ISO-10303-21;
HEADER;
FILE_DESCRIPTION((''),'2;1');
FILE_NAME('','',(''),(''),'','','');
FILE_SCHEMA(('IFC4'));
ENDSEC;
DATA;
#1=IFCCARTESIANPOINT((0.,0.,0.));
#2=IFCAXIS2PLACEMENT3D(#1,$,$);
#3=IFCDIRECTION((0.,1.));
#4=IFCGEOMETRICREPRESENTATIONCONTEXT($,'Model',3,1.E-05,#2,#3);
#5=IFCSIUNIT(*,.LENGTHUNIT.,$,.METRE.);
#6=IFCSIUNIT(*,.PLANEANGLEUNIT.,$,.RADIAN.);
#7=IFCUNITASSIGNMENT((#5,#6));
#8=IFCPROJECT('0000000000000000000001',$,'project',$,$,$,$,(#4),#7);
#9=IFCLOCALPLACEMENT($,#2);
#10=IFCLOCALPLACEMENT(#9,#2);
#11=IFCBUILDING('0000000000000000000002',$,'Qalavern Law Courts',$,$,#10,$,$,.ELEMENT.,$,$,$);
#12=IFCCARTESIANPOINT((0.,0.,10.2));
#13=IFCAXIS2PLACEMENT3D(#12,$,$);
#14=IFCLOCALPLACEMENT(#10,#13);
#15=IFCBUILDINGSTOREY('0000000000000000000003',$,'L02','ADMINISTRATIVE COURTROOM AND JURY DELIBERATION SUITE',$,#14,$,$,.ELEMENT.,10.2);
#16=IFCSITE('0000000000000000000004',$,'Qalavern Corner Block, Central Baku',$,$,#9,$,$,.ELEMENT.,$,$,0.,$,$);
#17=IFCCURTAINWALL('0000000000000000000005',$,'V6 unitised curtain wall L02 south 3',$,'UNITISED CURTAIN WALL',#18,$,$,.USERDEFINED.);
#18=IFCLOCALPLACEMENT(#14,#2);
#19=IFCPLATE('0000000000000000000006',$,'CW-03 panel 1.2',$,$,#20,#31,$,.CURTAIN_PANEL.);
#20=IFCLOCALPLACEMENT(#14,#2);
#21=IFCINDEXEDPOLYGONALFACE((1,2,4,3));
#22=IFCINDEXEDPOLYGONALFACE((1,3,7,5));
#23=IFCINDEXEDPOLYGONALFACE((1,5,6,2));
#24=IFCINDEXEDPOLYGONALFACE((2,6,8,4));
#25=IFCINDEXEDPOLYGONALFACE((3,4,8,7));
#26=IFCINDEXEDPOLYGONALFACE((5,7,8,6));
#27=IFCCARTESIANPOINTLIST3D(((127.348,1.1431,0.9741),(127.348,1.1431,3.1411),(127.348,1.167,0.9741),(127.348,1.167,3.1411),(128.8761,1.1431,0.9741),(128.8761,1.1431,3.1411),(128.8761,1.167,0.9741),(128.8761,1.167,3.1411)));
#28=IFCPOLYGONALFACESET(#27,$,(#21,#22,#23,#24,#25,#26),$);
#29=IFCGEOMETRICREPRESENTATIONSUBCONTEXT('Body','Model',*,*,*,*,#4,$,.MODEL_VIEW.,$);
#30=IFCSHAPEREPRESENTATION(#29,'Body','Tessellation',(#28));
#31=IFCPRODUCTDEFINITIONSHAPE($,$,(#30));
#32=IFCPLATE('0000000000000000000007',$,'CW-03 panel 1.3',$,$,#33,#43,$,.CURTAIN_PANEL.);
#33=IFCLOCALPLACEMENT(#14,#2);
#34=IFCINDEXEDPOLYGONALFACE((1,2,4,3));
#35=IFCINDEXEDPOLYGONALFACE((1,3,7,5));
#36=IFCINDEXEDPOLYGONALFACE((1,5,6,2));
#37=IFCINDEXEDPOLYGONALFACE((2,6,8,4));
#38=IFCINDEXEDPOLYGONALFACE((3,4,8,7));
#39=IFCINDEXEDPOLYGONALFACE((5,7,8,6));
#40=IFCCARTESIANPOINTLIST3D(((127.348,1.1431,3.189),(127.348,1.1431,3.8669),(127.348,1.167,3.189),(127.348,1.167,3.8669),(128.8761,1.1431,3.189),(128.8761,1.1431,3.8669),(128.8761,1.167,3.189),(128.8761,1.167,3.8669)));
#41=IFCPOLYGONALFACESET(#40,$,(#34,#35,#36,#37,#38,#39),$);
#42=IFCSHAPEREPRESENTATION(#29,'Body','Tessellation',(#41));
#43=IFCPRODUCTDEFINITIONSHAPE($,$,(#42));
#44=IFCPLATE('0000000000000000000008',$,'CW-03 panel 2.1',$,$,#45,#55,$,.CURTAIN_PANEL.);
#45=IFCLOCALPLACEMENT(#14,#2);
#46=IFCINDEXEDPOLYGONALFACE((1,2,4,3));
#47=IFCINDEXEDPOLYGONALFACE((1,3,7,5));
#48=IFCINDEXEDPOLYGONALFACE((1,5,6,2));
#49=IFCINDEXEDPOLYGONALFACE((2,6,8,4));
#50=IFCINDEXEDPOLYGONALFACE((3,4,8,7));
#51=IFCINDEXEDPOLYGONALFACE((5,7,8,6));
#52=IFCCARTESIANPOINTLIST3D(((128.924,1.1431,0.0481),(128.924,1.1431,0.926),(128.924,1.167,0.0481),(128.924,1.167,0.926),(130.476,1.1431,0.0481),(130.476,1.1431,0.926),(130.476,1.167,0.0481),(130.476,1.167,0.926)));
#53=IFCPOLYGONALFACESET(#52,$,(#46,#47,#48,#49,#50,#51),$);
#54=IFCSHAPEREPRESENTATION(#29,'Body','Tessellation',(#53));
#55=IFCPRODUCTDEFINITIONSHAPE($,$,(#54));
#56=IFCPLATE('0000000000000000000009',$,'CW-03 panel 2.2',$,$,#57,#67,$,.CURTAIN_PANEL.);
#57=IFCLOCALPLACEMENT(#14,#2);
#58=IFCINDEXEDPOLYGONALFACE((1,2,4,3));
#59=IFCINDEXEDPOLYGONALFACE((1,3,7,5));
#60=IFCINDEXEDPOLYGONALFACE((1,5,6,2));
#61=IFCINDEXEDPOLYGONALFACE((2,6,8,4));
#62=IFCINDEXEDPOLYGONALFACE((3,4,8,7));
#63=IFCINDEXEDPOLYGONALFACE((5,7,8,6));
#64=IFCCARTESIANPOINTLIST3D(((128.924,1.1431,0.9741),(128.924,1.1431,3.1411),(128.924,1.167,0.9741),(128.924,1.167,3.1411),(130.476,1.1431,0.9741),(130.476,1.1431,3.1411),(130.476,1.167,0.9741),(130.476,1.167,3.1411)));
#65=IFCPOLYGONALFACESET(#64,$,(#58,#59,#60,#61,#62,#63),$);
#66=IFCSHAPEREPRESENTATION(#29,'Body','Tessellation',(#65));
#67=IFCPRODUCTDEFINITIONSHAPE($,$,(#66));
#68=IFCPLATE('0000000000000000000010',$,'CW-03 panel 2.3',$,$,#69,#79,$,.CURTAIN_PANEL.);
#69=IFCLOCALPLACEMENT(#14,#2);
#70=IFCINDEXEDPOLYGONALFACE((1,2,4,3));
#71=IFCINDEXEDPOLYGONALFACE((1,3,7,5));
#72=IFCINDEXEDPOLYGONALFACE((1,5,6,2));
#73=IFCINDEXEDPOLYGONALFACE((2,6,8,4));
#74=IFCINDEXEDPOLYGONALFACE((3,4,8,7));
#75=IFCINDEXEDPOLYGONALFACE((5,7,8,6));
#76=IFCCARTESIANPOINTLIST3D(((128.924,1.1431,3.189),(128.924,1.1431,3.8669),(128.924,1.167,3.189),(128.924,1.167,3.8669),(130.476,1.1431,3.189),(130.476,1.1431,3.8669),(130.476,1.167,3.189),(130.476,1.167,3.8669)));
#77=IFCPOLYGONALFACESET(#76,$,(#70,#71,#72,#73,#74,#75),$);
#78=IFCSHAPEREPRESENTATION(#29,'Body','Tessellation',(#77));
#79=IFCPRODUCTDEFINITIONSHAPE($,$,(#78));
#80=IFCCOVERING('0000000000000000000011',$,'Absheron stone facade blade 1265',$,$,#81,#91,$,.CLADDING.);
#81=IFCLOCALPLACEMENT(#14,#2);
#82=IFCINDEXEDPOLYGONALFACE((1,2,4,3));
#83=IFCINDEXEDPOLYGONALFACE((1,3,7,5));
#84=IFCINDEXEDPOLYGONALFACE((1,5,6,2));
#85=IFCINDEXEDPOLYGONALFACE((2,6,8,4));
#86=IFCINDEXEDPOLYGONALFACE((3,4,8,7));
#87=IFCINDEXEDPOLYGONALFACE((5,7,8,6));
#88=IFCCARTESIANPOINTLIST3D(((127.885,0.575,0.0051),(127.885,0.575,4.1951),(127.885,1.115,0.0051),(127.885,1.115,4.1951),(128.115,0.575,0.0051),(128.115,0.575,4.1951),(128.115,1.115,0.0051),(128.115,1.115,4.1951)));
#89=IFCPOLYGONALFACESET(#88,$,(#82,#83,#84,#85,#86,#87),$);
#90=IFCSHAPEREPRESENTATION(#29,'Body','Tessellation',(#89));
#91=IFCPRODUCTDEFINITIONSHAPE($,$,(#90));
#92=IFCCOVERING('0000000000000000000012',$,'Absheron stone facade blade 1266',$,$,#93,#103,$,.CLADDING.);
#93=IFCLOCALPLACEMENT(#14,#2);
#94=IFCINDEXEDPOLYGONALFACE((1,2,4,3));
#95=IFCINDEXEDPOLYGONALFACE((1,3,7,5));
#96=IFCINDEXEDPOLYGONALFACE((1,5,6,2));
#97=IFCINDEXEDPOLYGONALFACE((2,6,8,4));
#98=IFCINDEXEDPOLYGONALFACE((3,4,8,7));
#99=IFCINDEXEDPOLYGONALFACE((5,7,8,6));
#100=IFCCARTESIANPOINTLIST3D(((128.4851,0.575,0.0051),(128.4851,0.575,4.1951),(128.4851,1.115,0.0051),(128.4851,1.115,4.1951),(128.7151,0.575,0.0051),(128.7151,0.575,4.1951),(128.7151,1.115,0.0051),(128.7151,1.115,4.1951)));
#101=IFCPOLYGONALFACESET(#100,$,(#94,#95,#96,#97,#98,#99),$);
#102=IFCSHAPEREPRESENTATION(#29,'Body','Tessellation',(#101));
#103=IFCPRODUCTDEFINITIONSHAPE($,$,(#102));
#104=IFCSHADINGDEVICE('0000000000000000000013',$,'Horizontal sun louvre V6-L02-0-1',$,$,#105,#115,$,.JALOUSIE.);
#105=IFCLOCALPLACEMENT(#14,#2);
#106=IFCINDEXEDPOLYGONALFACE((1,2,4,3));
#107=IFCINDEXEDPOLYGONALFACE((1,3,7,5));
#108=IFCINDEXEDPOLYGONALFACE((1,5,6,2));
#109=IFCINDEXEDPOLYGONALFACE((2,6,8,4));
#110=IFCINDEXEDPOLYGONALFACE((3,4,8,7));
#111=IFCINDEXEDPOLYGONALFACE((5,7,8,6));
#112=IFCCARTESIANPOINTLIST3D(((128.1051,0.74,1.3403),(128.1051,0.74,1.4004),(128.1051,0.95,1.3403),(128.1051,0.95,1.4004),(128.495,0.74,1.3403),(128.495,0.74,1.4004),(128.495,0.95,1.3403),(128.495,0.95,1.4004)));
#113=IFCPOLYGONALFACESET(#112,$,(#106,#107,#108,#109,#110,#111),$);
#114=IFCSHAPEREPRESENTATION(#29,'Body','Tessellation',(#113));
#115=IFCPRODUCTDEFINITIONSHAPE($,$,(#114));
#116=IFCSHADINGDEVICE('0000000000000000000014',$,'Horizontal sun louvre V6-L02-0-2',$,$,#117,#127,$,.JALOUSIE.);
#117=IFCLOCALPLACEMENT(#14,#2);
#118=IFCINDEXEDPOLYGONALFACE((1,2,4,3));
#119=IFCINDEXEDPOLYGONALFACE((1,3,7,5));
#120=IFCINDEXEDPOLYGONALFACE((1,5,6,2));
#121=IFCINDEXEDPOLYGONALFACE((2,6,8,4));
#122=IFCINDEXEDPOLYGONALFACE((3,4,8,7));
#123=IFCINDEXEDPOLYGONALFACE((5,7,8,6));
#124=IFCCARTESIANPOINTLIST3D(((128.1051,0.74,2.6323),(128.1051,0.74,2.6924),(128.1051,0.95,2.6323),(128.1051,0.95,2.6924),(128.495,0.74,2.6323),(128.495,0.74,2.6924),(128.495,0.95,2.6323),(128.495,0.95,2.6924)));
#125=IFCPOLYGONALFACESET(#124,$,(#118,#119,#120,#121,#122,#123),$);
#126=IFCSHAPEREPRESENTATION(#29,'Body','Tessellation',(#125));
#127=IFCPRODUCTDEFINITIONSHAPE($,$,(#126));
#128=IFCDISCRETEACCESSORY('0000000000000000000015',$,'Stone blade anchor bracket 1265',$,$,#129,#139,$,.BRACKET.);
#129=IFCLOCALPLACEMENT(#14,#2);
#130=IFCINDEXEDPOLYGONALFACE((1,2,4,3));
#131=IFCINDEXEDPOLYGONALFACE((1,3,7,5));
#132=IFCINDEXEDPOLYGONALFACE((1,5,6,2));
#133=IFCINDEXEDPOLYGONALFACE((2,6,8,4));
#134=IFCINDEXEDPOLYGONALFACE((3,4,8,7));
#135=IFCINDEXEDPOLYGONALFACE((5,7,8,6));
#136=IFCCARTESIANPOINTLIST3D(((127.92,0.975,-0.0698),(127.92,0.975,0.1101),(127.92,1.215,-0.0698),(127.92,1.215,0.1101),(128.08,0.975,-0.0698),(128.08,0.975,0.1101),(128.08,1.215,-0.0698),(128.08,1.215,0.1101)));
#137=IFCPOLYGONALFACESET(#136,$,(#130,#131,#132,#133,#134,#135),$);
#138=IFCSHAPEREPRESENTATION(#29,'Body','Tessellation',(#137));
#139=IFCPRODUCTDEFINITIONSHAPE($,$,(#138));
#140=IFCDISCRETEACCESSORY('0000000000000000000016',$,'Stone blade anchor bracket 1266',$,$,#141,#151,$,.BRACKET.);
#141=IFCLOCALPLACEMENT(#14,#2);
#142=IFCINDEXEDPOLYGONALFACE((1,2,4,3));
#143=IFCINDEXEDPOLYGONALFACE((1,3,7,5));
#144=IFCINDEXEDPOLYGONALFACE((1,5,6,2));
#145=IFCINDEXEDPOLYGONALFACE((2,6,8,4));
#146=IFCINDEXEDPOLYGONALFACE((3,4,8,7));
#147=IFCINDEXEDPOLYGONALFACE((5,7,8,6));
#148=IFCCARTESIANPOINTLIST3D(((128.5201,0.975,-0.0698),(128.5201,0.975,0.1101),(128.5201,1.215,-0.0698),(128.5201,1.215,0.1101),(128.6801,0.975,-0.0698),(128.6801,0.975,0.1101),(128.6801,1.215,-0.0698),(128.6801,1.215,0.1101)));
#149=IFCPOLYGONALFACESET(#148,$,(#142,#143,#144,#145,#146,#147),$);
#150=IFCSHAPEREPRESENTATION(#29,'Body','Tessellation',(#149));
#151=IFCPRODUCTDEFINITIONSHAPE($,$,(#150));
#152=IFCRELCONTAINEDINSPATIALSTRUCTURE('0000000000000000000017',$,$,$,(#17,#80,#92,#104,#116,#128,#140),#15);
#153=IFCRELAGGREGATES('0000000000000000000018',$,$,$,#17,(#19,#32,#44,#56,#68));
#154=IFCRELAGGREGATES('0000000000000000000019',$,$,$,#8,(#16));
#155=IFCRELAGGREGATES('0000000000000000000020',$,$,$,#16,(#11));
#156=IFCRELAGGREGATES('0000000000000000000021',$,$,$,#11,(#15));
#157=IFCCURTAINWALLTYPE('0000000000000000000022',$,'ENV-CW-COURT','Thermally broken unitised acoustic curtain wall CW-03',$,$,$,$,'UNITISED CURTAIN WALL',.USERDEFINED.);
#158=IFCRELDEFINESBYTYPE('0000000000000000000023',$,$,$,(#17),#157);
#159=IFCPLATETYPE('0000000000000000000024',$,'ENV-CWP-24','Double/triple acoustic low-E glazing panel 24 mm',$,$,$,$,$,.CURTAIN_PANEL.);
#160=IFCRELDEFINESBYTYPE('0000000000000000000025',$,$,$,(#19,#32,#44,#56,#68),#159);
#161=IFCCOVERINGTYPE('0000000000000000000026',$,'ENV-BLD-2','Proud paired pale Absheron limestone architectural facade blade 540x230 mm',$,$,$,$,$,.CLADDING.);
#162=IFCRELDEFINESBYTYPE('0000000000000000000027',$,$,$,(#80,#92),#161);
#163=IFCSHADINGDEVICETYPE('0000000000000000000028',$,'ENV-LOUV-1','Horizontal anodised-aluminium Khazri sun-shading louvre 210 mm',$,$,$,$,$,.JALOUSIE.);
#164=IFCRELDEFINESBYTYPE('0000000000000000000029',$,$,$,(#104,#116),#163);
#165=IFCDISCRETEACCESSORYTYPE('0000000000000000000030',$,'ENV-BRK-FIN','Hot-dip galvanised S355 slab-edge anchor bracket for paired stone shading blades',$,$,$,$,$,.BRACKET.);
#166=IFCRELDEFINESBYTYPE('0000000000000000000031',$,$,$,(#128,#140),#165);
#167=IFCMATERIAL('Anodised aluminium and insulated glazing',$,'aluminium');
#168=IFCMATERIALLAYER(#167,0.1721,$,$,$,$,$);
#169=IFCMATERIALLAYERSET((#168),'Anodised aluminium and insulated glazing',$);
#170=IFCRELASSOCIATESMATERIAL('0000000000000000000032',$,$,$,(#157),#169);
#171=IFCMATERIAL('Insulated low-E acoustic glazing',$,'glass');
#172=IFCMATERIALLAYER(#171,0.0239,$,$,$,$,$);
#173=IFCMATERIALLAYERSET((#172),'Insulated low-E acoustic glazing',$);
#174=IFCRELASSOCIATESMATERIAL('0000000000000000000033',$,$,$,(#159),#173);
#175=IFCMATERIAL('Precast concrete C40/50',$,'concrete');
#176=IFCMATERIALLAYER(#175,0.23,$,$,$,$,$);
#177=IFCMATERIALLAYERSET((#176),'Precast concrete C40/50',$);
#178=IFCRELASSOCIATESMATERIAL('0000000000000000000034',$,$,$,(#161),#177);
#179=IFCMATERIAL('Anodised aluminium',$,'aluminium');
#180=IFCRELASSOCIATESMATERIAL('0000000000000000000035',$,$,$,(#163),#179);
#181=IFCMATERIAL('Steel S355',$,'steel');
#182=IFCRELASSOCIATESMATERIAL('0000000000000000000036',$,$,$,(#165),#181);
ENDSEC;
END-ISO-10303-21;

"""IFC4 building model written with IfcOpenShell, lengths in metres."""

from ifc_helpers import new_model, si_unit, direction, frame, origin, origin_2d, place, context, subcontext, project, spatial, rectangle, extrude, material, layer, layer_set, type_object, element, aggregate, save


model = new_model("IFC4")

# Units and contexts
model_context = context("Model", 3, precision=1e-05, world=origin(), true_north=direction((0.0, 1.0)))
body_context = subcontext(model_context, "Body", "Model", "MODEL_VIEW")
ifc_project = project(units=[si_unit("LENGTHUNIT", "METRE"), si_unit("PLANEANGLEUNIT", "RADIAN")], contexts=[model_context])

# Site, building, storey
site_placement = place(None, origin())
site = spatial("IfcSite", under=ifc_project, at=site_placement, Name="Qalavern Corner Block, Central Baku", CompositionType="ELEMENT", RefElevation=0.0)
building_placement = place(site_placement, origin())
building = spatial("IfcBuilding", under=site, at=building_placement, Name="Qalavern Law Courts", CompositionType="ELEMENT")
storey_placement = place(building_placement, frame((0.0, 0.0, 10.2)))
storey = spatial("IfcBuildingStorey", under=building, at=storey_placement, Name="L02", Description="ADMINISTRATIVE COURTROOM AND JURY DELIBERATION SUITE", CompositionType="ELEMENT", Elevation=10.2)

# Curtain wall, plates
ifc_material_1 = material(Name="Anodised aluminium and insulated glazing", Category="aluminium")
ifc_layer_1 = layer(ifc_material_1, 0.1721)
ifc_layer_set_1 = layer_set([ifc_layer_1], Name="Anodised aluminium and insulated glazing")
curtain_wall_type = type_object("IfcCurtainWallType", Name="ENV-CW-COURT", Description="Thermally broken unitised acoustic curtain wall CW-03", ElementType="UNITISED CURTAIN WALL", PredefinedType="USERDEFINED", material=ifc_layer_set_1)
curtain_wall_placement = place(storey_placement, origin())
curtain_wall = element("IfcCurtainWall", 1, at=curtain_wall_placement, inside=storey, type_object=curtain_wall_type, Name="V6 unitised curtain wall L02 south 3", ObjectType="UNITISED CURTAIN WALL", PredefinedType="USERDEFINED")
ifc_material_2 = material(Name="Anodised aluminium", Category="aluminium")
ifc_material_3 = material(Name="Insulated low-E acoustic glazing", Category="glass")
ifc_layer_2 = layer(ifc_material_3, 0.0239)
ifc_layer_set_2 = layer_set([ifc_layer_2], Name="Insulated low-E acoustic glazing")
plate_type = type_object("IfcPlateType", Name="ENV-CWP-24", Description="Double/triple acoustic low-E glazing panel 24 mm", PredefinedType="CURTAIN_PANEL", material=ifc_layer_set_2)
plate_1_placement = place(storey_placement, frame((128.1121, 1.155, 0.9741), z_axis=(0.0, 0.0, 1.0), x_axis=(1.0, 0.0, 0.0)))
plate_1 = element("IfcPlate", 2, at=plate_1_placement, type_object=plate_type, Name="CW-03 panel 1.2", PredefinedType="CURTAIN_PANEL", context=body_context, shape_type="SweptSolid", body=[
    extrude(rectangle(XDim=1.5281, YDim=0.0239, at=origin_2d()), origin(), (0.0, 0.0, 1.0), 2.167),
])
plate_2_placement = place(storey_placement, frame((128.1121, 1.155, 3.189), z_axis=(0.0, 0.0, 1.0), x_axis=(1.0, 0.0, 0.0)))
plate_2 = element("IfcPlate", 3, at=plate_2_placement, type_object=plate_type, Name="CW-03 panel 1.3", PredefinedType="CURTAIN_PANEL", context=body_context, shape_type="SweptSolid", body=[
    extrude(rectangle(XDim=1.5281, YDim=0.0239, at=origin_2d()), origin(), (0.0, 0.0, 1.0), 0.678),
])
plate_3_placement = place(storey_placement, frame((129.7, 1.155, 0.0481), z_axis=(0.0, 0.0, 1.0), x_axis=(1.0, 0.0, 0.0)))
plate_3 = element("IfcPlate", 4, at=plate_3_placement, type_object=plate_type, Name="CW-03 panel 2.1", PredefinedType="CURTAIN_PANEL", context=body_context, shape_type="SweptSolid", body=[
    extrude(rectangle(XDim=1.552, YDim=0.0239, at=origin_2d()), origin(), (0.0, 0.0, 1.0), 0.8779),
])
plate_4_placement = place(storey_placement, frame((129.7, 1.155, 0.9741), z_axis=(0.0, 0.0, 1.0), x_axis=(1.0, 0.0, 0.0)))
plate_4 = element("IfcPlate", 5, at=plate_4_placement, type_object=plate_type, Name="CW-03 panel 2.2", PredefinedType="CURTAIN_PANEL", context=body_context, shape_type="SweptSolid", body=[
    extrude(rectangle(XDim=1.552, YDim=0.0239, at=origin_2d()), origin(), (0.0, 0.0, 1.0), 2.167),
])
plate_5_placement = place(storey_placement, frame((129.7, 1.155, 3.189), z_axis=(0.0, 0.0, 1.0), x_axis=(1.0, 0.0, 0.0)))
plate_5 = element("IfcPlate", 6, at=plate_5_placement, type_object=plate_type, Name="CW-03 panel 2.3", PredefinedType="CURTAIN_PANEL", context=body_context, shape_type="SweptSolid", body=[
    extrude(rectangle(XDim=1.552, YDim=0.0239, at=origin_2d()), origin(), (0.0, 0.0, 1.0), 0.678),
])
aggregate(curtain_wall, [plate_1, plate_2, plate_3, plate_4, plate_5])

# Coverings
ifc_material_4 = material(Name="Precast concrete C40/50", Category="concrete")
ifc_layer_3 = layer(ifc_material_4, 0.23)
ifc_layer_set_3 = layer_set([ifc_layer_3], Name="Precast concrete C40/50")
covering_type = type_object("IfcCoveringType", Name="ENV-BLD-2", Description="Proud paired pale Absheron limestone architectural facade blade 540x230 mm", PredefinedType="CLADDING", material=ifc_layer_set_3)
for number, where, z_axis, x_axis, name in (
    (7, (128.0, 0.845, 0.0051), (0.0, 0.0, 1.0), (0.0, -1.0, 0.0), "Absheron stone facade blade 1265"),
    (8, (128.6001, 0.845, 0.0051), (0.0, 0.0, 1.0), (0.0, -1.0, 0.0), "Absheron stone facade blade 1266"),
):
    element("IfcCovering", number, at=place(storey_placement, frame(where, z_axis=z_axis, x_axis=x_axis)), inside=storey, type_object=covering_type, Name=name, PredefinedType="CLADDING", context=body_context, shape_type="SweptSolid", body=[
        extrude(rectangle(XDim=0.54, YDim=0.23, at=origin_2d()), origin(), (0.0, 0.0, 1.0), 4.1899),
    ])

# Shading devices
shading_device_type = type_object("IfcShadingDeviceType", Name="ENV-LOUV-1", Description="Horizontal anodised-aluminium Khazri sun-shading louvre 210 mm", PredefinedType="JALOUSIE", material=ifc_material_2)
for number, where, z_axis, x_axis, name in (
    (9, (128.3, 0.845, 1.3403), (0.0, 0.0, 1.0), (1.0, 0.0, 0.0), "Horizontal sun louvre V6-L02-0-1"),
    (10, (128.3, 0.845, 2.6323), (0.0, 0.0, 1.0), (1.0, 0.0, 0.0), "Horizontal sun louvre V6-L02-0-2"),
):
    element("IfcShadingDevice", number, at=place(storey_placement, frame(where, z_axis=z_axis, x_axis=x_axis)), inside=storey, type_object=shading_device_type, Name=name, PredefinedType="JALOUSIE", context=body_context, shape_type="SweptSolid", body=[
        extrude(rectangle(XDim=0.3899, YDim=0.21, at=origin_2d()), origin(), (0.0, 0.0, 1.0), 0.0601),
    ])

# Discrete accessories
ifc_material_5 = material(Name="Steel S355", Category="steel")
discrete_accessory_type = type_object("IfcDiscreteAccessoryType", Name="ENV-BRK-FIN", Description="Hot-dip galvanised S355 slab-edge anchor bracket for paired stone shading blades", PredefinedType="BRACKET", material=ifc_material_5)
for number, where, z_axis, x_axis, name in (
    (11, (128.0, 1.095, -0.0698), (0.0, 0.0, 1.0), (0.0, -1.0, 0.0), "Stone blade anchor bracket 1265"),
    (12, (128.6001, 1.095, -0.0698), (0.0, 0.0, 1.0), (0.0, -1.0, 0.0), "Stone blade anchor bracket 1266"),
):
    element("IfcDiscreteAccessory", number, at=place(storey_placement, frame(where, z_axis=z_axis, x_axis=x_axis)), inside=storey, type_object=discrete_accessory_type, Name=name, PredefinedType="BRACKET", context=body_context, shape_type="SweptSolid", body=[
        extrude(rectangle(XDim=0.24, YDim=0.1599, at=origin_2d()), origin(), (0.0, 0.0, 1.0), 0.1799),
    ])

save(model, "model.ifc")
